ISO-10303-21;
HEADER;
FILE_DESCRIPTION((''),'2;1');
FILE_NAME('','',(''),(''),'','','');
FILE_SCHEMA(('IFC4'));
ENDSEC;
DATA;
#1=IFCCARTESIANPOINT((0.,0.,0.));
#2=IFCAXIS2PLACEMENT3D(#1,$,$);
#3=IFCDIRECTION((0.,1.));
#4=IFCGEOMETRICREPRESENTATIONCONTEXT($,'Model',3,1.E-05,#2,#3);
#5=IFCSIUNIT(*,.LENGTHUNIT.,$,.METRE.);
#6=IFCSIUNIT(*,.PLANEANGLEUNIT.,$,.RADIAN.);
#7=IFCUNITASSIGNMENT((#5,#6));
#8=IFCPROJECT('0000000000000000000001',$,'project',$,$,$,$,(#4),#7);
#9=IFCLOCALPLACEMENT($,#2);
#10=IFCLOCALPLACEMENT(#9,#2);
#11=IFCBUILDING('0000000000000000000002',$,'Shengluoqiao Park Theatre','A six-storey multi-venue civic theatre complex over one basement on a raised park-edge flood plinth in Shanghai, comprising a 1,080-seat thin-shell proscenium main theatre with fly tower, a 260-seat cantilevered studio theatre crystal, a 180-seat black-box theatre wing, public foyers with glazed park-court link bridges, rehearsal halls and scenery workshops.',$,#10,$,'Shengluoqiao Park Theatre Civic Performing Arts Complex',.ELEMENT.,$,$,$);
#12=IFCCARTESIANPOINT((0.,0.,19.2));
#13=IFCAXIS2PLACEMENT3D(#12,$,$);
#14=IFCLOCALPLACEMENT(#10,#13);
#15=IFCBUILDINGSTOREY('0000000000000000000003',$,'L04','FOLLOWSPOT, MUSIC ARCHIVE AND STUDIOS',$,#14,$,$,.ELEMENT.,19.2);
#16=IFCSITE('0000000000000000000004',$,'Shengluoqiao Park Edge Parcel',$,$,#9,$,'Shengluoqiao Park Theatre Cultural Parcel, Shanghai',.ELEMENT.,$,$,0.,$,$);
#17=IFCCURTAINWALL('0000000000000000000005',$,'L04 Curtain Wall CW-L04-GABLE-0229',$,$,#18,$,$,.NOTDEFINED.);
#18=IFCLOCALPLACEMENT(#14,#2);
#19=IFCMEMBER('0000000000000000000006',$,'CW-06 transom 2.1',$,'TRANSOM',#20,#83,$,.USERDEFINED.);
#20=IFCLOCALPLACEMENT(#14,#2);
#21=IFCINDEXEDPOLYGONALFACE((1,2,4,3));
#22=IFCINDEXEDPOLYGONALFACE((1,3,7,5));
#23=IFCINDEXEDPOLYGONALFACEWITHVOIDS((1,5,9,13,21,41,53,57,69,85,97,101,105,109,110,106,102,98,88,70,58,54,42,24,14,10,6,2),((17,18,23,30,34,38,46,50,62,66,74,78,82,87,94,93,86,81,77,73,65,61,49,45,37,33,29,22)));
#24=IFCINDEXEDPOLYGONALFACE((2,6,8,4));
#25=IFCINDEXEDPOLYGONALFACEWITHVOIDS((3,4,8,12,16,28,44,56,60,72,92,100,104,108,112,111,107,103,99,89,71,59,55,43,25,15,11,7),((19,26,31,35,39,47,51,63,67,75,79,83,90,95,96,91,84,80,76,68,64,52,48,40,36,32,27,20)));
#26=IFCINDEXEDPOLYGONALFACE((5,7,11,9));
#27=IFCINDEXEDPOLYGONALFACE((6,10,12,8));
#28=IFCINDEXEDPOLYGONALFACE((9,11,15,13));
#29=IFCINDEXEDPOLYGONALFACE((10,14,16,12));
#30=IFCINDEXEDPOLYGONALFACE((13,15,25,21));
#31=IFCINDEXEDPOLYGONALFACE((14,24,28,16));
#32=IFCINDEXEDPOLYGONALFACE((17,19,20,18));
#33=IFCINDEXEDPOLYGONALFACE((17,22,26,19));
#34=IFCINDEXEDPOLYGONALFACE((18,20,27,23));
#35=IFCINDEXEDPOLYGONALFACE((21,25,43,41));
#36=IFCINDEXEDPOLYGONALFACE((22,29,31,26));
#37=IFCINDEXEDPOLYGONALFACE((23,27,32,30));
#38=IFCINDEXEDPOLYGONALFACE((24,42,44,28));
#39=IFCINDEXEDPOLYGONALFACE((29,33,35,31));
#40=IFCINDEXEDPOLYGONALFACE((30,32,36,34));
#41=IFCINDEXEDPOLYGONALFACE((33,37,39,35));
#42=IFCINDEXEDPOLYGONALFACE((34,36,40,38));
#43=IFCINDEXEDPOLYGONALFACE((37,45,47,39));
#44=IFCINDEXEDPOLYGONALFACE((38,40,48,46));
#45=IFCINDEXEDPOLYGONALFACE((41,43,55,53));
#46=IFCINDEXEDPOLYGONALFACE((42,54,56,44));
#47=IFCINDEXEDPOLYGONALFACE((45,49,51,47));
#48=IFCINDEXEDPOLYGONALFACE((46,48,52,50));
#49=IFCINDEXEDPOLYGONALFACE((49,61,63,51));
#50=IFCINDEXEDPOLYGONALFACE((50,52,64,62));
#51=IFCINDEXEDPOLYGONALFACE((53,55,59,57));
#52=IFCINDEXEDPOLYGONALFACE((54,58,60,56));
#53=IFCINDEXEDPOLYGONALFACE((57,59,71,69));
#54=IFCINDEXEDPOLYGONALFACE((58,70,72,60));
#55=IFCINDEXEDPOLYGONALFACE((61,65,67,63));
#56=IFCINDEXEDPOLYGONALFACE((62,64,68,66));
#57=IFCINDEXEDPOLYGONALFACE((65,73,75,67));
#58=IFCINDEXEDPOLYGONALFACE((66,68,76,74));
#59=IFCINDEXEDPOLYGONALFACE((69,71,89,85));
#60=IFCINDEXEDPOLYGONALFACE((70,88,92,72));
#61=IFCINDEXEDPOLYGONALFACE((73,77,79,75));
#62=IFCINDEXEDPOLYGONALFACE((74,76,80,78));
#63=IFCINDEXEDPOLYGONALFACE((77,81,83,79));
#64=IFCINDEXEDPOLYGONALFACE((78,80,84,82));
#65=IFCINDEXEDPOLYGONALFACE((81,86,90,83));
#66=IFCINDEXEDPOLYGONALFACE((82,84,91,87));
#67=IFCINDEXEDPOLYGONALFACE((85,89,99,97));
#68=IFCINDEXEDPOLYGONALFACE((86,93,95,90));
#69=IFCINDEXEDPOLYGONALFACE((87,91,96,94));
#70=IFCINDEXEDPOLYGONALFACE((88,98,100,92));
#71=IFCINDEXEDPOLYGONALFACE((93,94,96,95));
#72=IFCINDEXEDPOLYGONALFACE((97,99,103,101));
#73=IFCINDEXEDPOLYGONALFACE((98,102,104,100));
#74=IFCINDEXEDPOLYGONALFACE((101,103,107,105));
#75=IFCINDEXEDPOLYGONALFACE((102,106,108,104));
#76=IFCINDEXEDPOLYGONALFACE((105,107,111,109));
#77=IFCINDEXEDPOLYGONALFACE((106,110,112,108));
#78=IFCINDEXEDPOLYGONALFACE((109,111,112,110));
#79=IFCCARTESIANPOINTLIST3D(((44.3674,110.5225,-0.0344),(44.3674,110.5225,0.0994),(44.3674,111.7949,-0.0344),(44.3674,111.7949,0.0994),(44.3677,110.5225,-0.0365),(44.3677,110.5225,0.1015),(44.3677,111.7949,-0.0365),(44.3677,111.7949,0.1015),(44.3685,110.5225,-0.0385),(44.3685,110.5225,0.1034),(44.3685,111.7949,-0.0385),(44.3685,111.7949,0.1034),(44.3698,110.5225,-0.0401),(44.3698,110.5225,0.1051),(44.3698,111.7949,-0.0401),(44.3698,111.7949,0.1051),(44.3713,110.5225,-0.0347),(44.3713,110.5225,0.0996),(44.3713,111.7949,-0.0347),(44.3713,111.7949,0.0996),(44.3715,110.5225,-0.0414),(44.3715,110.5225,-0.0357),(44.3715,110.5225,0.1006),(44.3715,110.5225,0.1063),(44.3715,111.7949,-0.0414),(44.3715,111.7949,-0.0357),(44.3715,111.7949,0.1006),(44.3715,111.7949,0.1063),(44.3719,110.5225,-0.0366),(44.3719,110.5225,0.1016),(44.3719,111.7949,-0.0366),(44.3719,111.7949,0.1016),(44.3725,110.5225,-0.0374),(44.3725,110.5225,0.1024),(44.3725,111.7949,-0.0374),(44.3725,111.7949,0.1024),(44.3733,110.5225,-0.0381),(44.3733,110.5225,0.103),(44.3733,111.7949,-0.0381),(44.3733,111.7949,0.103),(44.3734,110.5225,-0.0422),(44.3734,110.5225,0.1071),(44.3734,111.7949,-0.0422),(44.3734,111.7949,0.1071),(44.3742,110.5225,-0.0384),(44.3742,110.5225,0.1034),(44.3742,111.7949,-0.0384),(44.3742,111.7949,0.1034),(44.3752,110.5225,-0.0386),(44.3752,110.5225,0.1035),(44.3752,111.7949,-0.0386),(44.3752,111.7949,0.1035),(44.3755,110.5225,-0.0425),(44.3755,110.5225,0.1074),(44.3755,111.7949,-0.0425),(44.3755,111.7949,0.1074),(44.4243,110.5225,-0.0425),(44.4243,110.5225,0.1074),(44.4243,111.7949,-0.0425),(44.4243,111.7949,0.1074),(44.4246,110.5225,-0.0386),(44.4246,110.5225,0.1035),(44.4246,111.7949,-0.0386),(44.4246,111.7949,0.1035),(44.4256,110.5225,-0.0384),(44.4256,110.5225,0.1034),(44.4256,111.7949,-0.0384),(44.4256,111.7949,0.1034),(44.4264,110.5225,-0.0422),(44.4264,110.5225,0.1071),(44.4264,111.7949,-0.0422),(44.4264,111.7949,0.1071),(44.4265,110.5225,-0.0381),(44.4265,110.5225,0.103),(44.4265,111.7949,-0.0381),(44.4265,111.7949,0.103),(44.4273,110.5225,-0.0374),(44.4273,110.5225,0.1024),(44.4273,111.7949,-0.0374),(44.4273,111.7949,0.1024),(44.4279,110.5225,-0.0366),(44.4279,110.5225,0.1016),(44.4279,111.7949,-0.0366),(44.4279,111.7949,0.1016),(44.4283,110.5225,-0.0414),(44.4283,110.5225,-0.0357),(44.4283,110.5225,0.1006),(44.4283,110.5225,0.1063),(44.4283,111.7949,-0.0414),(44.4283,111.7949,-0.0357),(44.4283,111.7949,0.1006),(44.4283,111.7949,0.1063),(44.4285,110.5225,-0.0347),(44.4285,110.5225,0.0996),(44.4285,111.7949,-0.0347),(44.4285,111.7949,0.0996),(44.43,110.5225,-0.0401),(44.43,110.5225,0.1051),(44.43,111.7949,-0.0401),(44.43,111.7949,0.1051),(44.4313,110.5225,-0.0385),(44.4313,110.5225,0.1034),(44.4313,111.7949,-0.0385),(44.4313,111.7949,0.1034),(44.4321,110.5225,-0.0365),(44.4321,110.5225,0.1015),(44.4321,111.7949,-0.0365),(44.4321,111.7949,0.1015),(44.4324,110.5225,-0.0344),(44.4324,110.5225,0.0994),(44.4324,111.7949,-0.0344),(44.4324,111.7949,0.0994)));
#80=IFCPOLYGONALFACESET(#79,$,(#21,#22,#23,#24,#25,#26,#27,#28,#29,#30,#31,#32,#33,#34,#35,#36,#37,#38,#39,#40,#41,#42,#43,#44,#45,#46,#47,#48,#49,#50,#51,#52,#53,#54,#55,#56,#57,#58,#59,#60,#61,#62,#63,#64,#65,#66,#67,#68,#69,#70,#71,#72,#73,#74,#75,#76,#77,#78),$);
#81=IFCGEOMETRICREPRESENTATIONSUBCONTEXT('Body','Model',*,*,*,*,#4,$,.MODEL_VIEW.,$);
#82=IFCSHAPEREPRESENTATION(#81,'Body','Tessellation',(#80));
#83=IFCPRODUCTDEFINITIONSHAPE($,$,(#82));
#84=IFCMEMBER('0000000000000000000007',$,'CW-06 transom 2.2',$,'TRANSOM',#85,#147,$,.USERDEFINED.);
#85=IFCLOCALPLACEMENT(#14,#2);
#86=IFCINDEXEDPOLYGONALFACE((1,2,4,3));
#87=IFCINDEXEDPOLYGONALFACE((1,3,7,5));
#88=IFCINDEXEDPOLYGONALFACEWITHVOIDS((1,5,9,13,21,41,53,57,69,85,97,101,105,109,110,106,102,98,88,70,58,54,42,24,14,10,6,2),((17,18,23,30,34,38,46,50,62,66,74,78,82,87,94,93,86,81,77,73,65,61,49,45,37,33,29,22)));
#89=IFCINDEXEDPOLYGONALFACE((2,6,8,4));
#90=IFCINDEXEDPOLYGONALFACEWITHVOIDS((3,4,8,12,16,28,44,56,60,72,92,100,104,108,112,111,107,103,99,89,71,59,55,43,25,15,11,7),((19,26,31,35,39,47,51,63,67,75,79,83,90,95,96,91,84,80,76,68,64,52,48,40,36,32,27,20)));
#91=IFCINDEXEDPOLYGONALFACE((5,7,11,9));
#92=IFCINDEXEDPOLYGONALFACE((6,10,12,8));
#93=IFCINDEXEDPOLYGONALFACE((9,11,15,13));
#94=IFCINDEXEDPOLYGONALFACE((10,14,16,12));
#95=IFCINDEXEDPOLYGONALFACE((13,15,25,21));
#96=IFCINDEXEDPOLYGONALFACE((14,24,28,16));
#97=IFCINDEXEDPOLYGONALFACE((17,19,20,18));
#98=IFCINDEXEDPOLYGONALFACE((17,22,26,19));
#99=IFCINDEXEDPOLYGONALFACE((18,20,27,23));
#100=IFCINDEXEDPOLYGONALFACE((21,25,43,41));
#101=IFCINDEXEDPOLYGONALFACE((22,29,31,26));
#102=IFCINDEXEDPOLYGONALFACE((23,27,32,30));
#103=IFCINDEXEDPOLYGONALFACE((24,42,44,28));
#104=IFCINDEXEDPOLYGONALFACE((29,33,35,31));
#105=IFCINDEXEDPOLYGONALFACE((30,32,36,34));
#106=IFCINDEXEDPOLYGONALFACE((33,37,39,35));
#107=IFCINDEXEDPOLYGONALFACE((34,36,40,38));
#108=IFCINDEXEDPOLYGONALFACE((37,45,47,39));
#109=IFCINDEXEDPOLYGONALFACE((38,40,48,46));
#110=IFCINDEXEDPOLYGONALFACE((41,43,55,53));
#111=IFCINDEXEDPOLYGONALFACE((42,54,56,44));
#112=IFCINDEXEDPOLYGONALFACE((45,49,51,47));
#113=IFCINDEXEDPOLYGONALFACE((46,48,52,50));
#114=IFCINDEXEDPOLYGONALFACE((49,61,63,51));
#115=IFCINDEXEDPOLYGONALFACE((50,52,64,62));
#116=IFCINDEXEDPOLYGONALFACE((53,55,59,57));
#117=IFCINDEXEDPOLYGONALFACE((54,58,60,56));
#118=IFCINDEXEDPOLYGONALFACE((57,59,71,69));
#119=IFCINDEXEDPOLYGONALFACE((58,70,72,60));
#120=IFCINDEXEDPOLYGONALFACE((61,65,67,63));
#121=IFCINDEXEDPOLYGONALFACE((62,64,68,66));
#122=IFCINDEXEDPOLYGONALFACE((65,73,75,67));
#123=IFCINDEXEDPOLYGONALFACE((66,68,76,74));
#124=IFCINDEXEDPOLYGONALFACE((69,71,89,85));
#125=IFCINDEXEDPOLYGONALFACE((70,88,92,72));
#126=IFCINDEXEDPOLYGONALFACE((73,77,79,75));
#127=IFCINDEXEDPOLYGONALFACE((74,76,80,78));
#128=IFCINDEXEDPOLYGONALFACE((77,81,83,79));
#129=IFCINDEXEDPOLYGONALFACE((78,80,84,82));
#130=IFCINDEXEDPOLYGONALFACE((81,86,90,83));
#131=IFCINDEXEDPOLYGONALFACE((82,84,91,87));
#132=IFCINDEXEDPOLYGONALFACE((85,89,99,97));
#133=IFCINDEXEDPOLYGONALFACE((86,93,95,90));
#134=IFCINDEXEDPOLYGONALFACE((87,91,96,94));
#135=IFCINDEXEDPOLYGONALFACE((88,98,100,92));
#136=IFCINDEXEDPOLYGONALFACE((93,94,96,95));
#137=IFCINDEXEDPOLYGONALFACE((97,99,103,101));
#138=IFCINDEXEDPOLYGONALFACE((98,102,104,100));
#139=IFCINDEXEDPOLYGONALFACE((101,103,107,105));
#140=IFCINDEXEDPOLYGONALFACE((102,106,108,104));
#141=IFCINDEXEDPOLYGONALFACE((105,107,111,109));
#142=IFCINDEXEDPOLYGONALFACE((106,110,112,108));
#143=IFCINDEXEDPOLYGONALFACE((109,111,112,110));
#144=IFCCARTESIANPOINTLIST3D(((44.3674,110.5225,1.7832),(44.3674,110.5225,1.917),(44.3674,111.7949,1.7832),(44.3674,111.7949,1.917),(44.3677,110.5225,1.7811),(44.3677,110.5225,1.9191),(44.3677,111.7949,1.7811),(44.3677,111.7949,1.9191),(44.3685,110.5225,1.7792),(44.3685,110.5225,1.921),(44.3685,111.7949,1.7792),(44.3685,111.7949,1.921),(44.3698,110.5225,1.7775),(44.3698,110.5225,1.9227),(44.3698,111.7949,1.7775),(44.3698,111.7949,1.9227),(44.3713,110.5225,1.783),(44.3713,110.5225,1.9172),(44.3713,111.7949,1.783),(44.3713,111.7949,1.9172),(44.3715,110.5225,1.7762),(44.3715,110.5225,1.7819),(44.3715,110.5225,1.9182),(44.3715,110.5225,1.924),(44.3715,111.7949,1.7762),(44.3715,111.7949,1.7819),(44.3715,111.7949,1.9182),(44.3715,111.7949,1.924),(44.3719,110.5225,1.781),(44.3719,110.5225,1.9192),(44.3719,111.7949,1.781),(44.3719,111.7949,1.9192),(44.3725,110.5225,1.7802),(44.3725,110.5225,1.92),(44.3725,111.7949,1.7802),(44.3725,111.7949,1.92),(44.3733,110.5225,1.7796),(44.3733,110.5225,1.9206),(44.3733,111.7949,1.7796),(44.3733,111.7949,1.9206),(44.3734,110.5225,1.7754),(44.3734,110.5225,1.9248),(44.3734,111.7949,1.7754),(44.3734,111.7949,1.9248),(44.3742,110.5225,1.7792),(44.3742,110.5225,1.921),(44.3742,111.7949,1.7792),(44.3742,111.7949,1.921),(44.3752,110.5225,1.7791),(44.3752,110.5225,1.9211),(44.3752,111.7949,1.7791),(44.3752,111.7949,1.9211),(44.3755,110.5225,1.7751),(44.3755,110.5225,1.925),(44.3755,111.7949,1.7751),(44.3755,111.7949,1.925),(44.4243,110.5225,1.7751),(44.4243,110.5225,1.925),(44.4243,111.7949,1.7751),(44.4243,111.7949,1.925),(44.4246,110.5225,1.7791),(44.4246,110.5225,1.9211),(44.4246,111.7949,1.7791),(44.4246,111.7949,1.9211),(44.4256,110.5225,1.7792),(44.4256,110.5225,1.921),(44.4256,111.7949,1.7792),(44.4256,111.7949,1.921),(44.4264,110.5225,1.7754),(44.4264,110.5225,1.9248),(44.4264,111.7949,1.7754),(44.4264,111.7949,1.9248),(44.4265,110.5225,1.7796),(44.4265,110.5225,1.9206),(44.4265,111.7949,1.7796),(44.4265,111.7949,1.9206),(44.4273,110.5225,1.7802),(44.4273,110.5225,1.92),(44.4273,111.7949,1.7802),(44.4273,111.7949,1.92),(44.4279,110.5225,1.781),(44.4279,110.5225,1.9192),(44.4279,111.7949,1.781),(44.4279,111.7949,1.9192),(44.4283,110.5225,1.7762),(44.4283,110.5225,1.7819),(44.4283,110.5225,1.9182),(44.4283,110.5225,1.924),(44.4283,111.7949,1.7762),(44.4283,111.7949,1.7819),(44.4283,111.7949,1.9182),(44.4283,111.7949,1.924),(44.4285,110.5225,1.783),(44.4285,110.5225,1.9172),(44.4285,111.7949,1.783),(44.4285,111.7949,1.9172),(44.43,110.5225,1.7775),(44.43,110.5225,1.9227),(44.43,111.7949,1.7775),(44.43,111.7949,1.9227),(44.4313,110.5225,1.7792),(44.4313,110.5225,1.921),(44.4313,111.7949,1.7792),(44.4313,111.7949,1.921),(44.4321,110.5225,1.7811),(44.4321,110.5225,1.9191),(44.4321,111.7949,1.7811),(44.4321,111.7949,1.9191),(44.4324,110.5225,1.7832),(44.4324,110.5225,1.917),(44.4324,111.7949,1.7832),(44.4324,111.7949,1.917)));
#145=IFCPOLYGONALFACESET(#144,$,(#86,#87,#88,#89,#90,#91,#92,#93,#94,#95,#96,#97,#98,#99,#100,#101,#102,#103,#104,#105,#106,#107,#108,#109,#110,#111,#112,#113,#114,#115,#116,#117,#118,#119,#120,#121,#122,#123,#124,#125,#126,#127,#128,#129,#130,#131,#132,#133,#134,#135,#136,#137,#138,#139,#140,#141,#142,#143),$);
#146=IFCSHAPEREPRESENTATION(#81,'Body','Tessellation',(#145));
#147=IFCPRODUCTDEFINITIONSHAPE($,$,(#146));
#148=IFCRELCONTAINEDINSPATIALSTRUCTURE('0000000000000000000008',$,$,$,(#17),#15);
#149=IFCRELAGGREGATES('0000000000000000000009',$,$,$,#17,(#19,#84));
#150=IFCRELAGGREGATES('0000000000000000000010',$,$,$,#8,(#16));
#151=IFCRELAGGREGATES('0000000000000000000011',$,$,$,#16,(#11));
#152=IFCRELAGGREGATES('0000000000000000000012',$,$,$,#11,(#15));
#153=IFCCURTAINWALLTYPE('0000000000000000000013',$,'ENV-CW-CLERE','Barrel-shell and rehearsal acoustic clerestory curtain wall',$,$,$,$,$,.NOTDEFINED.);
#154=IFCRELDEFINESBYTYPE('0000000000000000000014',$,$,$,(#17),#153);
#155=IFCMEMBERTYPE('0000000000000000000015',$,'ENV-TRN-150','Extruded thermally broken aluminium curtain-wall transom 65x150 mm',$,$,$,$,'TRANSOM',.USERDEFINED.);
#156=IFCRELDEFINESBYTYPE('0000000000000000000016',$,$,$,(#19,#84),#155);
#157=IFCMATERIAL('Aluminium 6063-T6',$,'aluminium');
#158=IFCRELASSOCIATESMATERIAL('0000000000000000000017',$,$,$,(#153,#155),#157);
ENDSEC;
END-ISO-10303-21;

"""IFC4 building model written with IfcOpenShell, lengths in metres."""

from ifc_helpers import new_model, si_unit, direction, frame, origin, origin_2d, place, context, subcontext, project, spatial, hollow_rectangle, extrude, material, material_profile, profile_set, type_object, element, aggregate, save


model = new_model("IFC4")

# Units and contexts
model_context = context("Model", 3, precision=1e-05, world=origin(), true_north=direction((0.0, 1.0)))
body_context = subcontext(model_context, "Body", "Model", "MODEL_VIEW")
ifc_project = project(units=[si_unit("LENGTHUNIT", "METRE"), si_unit("PLANEANGLEUNIT", "RADIAN")], contexts=[model_context])

# Site, building, storey
site_placement = place(None, origin())
site = spatial("IfcSite", under=ifc_project, at=site_placement, Name="Shengluoqiao Park Edge Parcel", LongName="Shengluoqiao Park Theatre Cultural Parcel, Shanghai", CompositionType="ELEMENT", RefElevation=0.0)
building_placement = place(site_placement, origin())
building = spatial("IfcBuilding", under=site, at=building_placement, Name="Shengluoqiao Park Theatre", Description="A six-storey multi-venue civic theatre complex over one basement on a raised park-edge flood plinth in Shanghai, comprising a 1,080-seat thin-shell proscenium main theatre with fly tower, a 260-seat cantilevered studio theatre crystal, a 180-seat black-box theatre wing, public foyers with glazed park-court link bridges, rehearsal halls and scenery workshops.", LongName="Shengluoqiao Park Theatre Civic Performing Arts Complex", CompositionType="ELEMENT")
storey_placement = place(building_placement, frame((0.0, 0.0, 19.2)))
storey = spatial("IfcBuildingStorey", under=building, at=storey_placement, Name="L04", Description="FOLLOWSPOT, MUSIC ARCHIVE AND STUDIOS", CompositionType="ELEMENT", Elevation=19.2)

# Curtain wall, members
ifc_material_1 = material(Name="Aluminium 6063-T6", Category="aluminium")
curtain_wall_type = type_object("IfcCurtainWallType", Name="ENV-CW-CLERE", Description="Barrel-shell and rehearsal acoustic clerestory curtain wall", PredefinedType="NOTDEFINED", material=ifc_material_1)
curtain_wall_placement = place(storey_placement, origin())
curtain_wall = element("IfcCurtainWall", 1, at=curtain_wall_placement, inside=storey, type_object=curtain_wall_type, Name="L04 Curtain Wall CW-L04-GABLE-0229", PredefinedType="NOTDEFINED")
ifc_material_profile_1 = material_profile(ifc_material_1, hollow_rectangle(XDim=0.0649, YDim=0.1499, WallThickness=0.0039, InnerFilletRadius=0.0039, OuterFilletRadius=0.0081, at=origin_2d()), Name="ALU TRANSOM 150x65x4")
ifc_profile_set_1 = profile_set([ifc_material_profile_1], Name="Aluminium 6063-T6")
member_type_1 = type_object("IfcMemberType", Name="ENV-TRN-150", Description="Extruded thermally broken aluminium curtain-wall transom 65x150 mm", ElementType="TRANSOM", PredefinedType="USERDEFINED", material=ifc_profile_set_1)
member_1_placement = place(storey_placement, frame((44.3999, 110.5225, 0.0325), z_axis=(0.0, 1.0, 0.0), x_axis=(-1.0, 0.0, 0.0)))
member_1 = element("IfcMember", 2, at=member_1_placement, type_object=member_type_1, Name="CW-06 transom 2.1", ObjectType="TRANSOM", PredefinedType="USERDEFINED", context=body_context, shape_type="SweptSolid", body=[
    extrude(hollow_rectangle(XDim=0.0649, YDim=0.1499, WallThickness=0.0039, InnerFilletRadius=0.0039, OuterFilletRadius=0.0081, at=origin_2d()), origin(), (0.0, 0.0, 1.0), 1.2725),
])
member_2_placement = place(storey_placement, frame((44.3999, 110.5225, 1.8501), z_axis=(0.0, 1.0, 0.0), x_axis=(-1.0, 0.0, 0.0)))
member_2 = element("IfcMember", 3, at=member_2_placement, type_object=member_type_1, Name="CW-06 transom 2.2", ObjectType="TRANSOM", PredefinedType="USERDEFINED", context=body_context, shape_type="SweptSolid", body=[
    extrude(hollow_rectangle(XDim=0.0649, YDim=0.1499, WallThickness=0.0039, InnerFilletRadius=0.0039, OuterFilletRadius=0.0081, at=origin_2d()), origin(), (0.0, 0.0, 1.0), 1.2725),
])

aggregate(curtain_wall, [member_1, member_2])

save(model, "model.ifc")
